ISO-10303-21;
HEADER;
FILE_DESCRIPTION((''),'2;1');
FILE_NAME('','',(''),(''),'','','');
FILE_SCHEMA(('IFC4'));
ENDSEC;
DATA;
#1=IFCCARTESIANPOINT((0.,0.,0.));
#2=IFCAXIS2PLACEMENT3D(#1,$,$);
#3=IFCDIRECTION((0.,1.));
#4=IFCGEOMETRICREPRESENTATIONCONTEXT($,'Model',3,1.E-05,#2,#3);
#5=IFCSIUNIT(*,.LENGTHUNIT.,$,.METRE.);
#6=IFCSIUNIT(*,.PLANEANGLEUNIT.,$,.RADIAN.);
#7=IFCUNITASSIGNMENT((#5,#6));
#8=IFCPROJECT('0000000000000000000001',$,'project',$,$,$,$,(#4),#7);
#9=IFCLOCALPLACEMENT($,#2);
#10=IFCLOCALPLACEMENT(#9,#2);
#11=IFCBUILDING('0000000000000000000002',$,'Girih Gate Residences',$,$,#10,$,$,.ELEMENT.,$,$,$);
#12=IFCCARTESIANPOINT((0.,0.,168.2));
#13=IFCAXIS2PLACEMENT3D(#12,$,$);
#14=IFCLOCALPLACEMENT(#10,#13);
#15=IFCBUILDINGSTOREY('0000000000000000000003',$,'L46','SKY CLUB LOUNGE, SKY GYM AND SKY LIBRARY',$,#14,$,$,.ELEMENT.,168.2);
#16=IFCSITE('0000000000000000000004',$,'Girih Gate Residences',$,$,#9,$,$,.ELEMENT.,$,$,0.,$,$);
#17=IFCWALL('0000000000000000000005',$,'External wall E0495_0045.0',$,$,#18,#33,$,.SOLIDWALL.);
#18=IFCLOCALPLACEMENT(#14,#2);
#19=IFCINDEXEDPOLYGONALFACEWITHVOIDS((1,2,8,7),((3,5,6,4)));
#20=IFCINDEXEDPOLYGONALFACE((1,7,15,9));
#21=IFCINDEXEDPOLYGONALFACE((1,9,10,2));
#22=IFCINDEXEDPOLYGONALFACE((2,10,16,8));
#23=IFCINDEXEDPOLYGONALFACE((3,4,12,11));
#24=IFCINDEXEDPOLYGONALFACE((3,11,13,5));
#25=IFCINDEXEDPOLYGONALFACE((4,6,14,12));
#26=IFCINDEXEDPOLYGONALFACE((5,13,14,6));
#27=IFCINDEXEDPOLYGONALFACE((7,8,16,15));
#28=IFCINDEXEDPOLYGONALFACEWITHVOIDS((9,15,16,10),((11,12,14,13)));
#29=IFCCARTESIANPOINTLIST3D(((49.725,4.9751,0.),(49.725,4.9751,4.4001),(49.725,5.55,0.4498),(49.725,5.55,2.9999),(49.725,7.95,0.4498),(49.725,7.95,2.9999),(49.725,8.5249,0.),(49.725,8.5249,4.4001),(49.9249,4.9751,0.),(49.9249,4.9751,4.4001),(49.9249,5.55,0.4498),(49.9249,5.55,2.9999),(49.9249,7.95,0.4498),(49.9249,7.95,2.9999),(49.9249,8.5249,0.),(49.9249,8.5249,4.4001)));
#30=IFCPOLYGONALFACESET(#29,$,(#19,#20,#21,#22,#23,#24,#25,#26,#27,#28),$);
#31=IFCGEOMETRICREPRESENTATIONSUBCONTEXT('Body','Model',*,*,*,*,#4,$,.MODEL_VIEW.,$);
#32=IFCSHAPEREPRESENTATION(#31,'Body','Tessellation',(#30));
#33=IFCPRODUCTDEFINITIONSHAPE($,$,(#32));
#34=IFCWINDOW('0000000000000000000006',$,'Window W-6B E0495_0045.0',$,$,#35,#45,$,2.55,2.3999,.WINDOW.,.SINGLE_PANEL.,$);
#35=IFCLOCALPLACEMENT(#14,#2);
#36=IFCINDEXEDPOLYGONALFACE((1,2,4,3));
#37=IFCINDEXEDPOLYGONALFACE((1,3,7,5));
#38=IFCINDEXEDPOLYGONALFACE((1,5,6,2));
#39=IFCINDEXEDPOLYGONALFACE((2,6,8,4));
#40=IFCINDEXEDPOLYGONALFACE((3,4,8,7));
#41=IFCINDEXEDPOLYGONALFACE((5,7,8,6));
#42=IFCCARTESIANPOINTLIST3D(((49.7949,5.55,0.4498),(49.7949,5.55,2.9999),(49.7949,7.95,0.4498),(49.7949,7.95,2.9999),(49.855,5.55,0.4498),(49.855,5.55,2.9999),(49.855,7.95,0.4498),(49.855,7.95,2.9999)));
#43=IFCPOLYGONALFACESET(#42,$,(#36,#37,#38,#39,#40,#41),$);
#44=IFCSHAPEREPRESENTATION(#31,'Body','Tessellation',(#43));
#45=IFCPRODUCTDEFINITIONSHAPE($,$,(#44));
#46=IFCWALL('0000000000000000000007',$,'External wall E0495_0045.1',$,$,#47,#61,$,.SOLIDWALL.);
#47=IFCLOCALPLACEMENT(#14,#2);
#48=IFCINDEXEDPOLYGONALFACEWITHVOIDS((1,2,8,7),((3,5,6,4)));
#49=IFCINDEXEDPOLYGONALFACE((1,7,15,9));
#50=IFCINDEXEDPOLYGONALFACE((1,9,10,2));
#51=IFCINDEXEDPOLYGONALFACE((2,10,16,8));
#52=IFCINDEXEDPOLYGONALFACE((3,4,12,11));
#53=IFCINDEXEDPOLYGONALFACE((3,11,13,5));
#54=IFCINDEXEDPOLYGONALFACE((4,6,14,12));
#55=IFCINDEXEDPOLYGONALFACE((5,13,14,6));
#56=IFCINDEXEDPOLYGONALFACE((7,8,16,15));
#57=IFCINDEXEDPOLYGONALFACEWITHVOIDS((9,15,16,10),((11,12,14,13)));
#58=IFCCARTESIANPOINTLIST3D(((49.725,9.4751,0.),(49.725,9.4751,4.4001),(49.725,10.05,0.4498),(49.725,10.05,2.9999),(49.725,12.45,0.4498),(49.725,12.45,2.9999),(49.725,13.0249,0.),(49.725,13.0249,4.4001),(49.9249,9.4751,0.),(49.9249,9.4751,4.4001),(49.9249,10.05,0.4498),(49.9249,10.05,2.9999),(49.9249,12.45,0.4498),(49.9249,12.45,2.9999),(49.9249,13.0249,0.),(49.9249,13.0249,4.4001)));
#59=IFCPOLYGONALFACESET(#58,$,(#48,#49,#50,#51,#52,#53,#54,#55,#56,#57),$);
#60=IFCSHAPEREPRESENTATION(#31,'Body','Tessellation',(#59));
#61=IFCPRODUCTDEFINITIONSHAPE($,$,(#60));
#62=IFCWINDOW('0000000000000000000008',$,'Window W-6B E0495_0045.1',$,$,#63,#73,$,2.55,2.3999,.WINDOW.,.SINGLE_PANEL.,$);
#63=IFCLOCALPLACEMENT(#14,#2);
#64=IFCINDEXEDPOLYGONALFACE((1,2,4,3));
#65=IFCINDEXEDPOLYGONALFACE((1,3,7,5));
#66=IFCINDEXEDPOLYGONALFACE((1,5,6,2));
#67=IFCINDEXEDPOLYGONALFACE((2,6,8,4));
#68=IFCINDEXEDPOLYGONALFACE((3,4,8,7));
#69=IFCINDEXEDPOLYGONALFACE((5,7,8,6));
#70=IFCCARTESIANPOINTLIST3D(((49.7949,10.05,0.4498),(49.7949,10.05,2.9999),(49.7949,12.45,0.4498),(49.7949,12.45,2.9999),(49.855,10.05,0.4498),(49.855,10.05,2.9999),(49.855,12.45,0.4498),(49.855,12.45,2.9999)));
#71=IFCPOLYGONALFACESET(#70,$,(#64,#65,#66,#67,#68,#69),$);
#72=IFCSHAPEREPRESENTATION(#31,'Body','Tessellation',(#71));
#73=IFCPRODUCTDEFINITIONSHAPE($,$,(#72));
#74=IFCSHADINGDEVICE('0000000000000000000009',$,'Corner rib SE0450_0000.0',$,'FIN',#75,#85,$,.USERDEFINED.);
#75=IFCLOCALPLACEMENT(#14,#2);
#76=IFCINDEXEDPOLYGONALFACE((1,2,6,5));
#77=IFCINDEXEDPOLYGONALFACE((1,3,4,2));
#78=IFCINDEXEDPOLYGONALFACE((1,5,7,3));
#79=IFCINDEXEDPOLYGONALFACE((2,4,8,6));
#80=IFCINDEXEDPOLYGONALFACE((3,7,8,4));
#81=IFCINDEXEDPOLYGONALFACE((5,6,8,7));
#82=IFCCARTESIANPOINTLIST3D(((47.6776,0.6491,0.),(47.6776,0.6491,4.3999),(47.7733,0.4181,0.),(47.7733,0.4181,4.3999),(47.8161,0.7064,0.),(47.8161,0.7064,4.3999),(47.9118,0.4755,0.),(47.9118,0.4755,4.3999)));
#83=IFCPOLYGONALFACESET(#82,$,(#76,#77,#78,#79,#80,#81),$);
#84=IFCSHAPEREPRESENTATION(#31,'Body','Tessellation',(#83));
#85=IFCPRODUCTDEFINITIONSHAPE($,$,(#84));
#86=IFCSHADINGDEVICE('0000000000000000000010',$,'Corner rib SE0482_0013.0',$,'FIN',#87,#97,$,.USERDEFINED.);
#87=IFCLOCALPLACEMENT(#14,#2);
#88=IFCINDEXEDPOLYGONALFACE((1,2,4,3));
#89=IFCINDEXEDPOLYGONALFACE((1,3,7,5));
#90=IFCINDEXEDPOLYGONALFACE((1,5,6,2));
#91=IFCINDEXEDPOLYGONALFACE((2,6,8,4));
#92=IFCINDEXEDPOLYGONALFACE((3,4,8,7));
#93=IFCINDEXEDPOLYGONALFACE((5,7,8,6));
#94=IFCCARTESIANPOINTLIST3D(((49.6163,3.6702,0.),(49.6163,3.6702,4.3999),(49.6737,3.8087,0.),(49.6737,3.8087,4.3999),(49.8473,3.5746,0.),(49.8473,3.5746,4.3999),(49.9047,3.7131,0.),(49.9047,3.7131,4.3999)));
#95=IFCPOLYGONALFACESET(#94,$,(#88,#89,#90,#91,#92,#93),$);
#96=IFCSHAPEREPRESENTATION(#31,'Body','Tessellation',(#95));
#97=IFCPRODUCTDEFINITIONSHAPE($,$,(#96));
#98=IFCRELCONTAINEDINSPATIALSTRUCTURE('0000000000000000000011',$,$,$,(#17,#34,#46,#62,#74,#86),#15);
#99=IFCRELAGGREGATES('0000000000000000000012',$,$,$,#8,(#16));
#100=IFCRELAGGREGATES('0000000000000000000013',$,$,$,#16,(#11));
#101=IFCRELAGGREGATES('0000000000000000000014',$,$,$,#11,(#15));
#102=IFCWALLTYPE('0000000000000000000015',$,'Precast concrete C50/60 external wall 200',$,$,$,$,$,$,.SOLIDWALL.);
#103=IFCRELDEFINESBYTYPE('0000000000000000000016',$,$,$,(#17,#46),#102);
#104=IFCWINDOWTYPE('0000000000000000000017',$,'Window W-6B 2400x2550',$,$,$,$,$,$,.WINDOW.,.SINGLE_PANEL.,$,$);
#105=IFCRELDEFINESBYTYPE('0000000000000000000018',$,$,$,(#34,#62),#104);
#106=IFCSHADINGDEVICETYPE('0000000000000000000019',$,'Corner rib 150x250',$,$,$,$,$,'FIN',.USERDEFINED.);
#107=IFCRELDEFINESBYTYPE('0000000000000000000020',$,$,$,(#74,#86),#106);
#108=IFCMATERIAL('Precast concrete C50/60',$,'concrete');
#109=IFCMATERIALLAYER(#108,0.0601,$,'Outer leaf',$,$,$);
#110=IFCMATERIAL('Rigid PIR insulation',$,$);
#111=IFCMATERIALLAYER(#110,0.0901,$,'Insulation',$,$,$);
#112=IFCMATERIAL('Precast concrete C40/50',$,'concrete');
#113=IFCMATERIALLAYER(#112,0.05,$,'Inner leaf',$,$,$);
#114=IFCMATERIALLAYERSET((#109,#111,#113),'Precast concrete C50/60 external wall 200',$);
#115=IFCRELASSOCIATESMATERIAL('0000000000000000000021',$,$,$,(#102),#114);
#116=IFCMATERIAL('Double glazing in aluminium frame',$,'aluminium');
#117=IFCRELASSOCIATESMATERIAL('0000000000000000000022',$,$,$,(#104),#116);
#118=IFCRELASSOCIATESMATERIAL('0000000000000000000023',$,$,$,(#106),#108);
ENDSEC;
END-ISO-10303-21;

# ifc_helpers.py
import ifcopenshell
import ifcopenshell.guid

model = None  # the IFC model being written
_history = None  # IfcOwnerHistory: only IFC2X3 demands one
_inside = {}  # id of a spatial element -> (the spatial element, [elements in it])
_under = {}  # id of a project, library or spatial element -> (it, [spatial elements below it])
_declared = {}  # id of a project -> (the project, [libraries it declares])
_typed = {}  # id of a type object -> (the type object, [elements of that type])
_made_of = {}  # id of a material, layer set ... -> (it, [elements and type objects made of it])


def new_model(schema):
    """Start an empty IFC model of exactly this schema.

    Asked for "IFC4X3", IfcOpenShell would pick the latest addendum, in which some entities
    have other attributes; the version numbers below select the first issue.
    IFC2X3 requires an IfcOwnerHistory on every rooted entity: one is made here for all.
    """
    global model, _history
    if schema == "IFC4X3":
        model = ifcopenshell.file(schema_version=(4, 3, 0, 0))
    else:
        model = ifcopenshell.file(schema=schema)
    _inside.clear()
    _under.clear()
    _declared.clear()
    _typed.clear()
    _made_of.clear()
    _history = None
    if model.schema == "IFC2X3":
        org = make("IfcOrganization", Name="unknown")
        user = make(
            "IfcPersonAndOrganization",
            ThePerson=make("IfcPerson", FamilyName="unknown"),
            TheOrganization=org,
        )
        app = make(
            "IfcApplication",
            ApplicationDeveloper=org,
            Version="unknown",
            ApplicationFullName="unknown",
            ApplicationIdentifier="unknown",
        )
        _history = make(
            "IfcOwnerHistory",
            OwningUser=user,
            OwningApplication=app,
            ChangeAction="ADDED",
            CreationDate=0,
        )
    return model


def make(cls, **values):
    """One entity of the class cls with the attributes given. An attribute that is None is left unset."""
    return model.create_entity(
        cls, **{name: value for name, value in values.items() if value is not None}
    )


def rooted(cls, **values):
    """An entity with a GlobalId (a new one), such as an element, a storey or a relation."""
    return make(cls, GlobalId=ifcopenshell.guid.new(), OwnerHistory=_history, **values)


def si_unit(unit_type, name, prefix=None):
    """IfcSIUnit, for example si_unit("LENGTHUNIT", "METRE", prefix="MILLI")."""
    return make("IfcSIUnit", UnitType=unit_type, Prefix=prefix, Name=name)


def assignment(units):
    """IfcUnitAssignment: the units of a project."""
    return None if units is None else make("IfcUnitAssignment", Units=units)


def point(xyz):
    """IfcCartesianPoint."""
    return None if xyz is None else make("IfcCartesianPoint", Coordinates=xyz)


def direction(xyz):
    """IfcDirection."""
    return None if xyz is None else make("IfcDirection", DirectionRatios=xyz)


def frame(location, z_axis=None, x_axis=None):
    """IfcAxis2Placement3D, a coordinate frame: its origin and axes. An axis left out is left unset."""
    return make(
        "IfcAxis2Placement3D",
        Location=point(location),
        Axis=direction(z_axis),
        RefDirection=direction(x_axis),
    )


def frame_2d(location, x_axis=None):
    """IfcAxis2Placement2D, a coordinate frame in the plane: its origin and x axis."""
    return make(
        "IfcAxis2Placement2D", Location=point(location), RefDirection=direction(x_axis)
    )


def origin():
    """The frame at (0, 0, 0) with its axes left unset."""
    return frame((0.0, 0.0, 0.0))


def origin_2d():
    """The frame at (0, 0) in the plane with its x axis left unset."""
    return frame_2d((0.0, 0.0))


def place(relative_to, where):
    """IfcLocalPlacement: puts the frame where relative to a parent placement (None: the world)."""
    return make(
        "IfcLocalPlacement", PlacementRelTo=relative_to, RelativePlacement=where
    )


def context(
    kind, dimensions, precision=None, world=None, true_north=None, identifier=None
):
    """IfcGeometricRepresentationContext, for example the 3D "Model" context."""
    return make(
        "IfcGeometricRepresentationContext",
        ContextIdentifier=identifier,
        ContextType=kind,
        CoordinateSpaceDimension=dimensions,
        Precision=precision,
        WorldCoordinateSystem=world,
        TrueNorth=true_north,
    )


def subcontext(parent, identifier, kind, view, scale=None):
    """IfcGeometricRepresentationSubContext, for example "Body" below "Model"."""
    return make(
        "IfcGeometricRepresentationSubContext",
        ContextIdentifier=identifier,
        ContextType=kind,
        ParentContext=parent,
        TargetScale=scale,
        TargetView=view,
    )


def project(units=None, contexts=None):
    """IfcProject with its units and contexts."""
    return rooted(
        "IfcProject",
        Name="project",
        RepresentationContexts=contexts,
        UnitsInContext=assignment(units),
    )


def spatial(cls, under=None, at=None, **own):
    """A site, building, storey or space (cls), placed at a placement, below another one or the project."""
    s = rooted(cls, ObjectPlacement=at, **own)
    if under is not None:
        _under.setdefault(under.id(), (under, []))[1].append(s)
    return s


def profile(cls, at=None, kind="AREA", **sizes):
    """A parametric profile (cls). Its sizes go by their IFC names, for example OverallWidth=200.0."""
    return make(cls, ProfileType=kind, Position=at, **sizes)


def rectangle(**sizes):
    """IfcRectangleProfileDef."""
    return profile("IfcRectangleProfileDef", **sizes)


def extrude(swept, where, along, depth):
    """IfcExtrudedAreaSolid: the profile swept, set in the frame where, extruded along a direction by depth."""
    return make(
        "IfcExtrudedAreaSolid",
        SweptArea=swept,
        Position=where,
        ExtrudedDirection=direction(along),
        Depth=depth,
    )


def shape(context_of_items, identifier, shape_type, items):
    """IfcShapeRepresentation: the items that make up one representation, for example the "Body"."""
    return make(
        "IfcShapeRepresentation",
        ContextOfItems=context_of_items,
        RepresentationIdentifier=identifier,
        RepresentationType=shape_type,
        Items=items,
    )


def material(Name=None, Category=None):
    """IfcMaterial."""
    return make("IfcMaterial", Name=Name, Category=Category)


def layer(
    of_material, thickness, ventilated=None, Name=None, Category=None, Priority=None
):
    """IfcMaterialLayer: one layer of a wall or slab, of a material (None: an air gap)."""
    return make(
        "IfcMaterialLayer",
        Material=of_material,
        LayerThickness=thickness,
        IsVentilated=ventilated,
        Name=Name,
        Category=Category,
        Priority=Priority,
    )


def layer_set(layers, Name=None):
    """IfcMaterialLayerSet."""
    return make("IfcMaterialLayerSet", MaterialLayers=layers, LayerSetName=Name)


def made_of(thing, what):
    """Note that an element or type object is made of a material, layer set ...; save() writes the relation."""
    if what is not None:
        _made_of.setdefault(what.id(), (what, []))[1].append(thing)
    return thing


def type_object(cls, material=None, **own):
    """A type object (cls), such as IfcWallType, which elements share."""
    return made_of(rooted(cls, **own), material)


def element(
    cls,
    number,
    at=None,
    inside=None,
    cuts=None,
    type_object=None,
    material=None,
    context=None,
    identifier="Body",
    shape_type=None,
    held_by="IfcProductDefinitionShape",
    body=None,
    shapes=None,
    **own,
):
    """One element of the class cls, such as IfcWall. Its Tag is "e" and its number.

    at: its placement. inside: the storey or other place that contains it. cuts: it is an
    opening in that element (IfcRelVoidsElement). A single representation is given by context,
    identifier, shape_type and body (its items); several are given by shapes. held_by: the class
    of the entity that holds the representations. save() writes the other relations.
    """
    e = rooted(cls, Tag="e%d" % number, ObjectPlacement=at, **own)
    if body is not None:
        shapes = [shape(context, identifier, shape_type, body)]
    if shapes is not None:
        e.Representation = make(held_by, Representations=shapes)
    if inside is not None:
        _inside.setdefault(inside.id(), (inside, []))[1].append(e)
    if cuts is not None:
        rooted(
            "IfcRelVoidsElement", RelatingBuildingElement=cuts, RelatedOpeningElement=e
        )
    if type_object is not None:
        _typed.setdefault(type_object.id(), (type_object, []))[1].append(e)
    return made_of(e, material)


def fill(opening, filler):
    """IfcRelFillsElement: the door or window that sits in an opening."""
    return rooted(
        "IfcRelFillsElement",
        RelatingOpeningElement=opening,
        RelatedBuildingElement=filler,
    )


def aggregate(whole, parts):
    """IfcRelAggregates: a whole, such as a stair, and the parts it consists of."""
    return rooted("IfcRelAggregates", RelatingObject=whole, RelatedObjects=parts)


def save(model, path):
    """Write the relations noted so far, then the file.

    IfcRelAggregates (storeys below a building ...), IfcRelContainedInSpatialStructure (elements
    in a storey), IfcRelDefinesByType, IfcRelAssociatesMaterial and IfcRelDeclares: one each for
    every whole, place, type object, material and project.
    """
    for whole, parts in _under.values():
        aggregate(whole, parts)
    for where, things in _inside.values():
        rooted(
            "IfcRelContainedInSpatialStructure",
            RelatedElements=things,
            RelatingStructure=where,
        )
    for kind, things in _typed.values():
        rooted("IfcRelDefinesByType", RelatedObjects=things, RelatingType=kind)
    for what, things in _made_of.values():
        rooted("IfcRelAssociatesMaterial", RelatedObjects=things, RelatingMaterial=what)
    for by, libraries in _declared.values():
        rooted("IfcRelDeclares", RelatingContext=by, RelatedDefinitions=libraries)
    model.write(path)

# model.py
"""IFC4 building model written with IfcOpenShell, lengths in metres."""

from ifc_helpers import new_model, si_unit, direction, frame, frame_2d, origin, origin_2d, place, context, subcontext, project, spatial, rectangle, extrude, material, layer, layer_set, type_object, element, fill, save


model = new_model("IFC4")

# Units and contexts
model_context = context("Model", 3, precision=1e-05, world=origin(), true_north=direction((0.0, 1.0)))
body_context = subcontext(model_context, "Body", "Model", "MODEL_VIEW")
ifc_project = project(units=[si_unit("LENGTHUNIT", "METRE"), si_unit("PLANEANGLEUNIT", "RADIAN")], contexts=[model_context])

# Site, building, storey
site_placement = place(None, origin())
site = spatial("IfcSite", under=ifc_project, at=site_placement, Name="Girih Gate Residences", CompositionType="ELEMENT", RefElevation=0.0)
building_placement = place(site_placement, origin())
building = spatial("IfcBuilding", under=site, at=building_placement, Name="Girih Gate Residences", CompositionType="ELEMENT")
storey_placement = place(building_placement, frame((0.0, 0.0, 168.2)))
storey = spatial("IfcBuildingStorey", under=building, at=storey_placement, Name="L46", Description="SKY CLUB LOUNGE, SKY GYM AND SKY LIBRARY", CompositionType="ELEMENT", Elevation=168.2)

# Walls, openings, windows
ifc_material_1 = material(Name="Precast concrete C50/60", Category="concrete")
ifc_layer_1 = layer(ifc_material_1, 0.0601, Name="Outer leaf")
ifc_material_2 = material(Name="Rigid PIR insulation")
ifc_layer_2 = layer(ifc_material_2, 0.0901, Name="Insulation")
ifc_material_3 = material(Name="Precast concrete C40/50", Category="concrete")
ifc_layer_3 = layer(ifc_material_3, 0.05, Name="Inner leaf")
ifc_layer_set_1 = layer_set([ifc_layer_1, ifc_layer_2, ifc_layer_3], Name="Precast concrete C50/60 external wall 200")
wall_type_1 = type_object("IfcWallType", Name="Precast concrete C50/60 external wall 200", PredefinedType="SOLIDWALL", material=ifc_layer_set_1)
ifc_material_4 = material(Name="Double glazing in aluminium frame", Category="aluminium")
window_type_1 = type_object("IfcWindowType", Name="Window W-6B 2400x2550", PartitioningType="SINGLE_PANEL", PredefinedType="WINDOW", material=ifc_material_4)
wall_1_placement = place(storey_placement, frame((49.825, 8.5249, 0.0), z_axis=(0.0, 0.0, 1.0), x_axis=(0.0, -1.0, 0.0)))
wall_1 = element("IfcWall", 1, at=wall_1_placement, inside=storey, type_object=wall_type_1, Name="External wall E0495_0045.0", PredefinedType="SOLIDWALL", context=body_context, shape_type="SweptSolid", body=[
    extrude(rectangle(XDim=3.5498, YDim=0.2, at=frame_2d((1.7749, 0.0))), origin(), (0.0, 0.0, 1.0), 4.4001),
])
opening_1_placement = place(wall_1_placement, frame((0.575, 0.0, 0.45)))
opening_1 = element("IfcOpeningElement", 2, at=opening_1_placement, cuts=wall_1, PredefinedType="OPENING", context=body_context, shape_type="SweptSolid", body=[
    extrude(rectangle(XDim=2.3999, YDim=2.55, at=frame_2d((1.2, 1.2749))), frame((0.0, 0.1099, 0.0), z_axis=(0.0, -1.0, 0.0), x_axis=(1.0, 0.0, 0.0)), (0.0, 0.0, 1.0), 0.22),
])
window_1_placement = place(opening_1_placement, origin())
window_1 = element("IfcWindow", 3, at=window_1_placement, inside=storey, type_object=window_type_1, Name="Window W-6B E0495_0045.0", OverallHeight=2.55, OverallWidth=2.3999, PartitioningType="SINGLE_PANEL", PredefinedType="WINDOW", context=body_context, shape_type="SweptSolid", body=[
    extrude(rectangle(XDim=2.3999, YDim=2.55, at=frame_2d((1.2, 1.2749))), frame((0.0, 0.03, 0.0), z_axis=(0.0, -1.0, 0.0), x_axis=(1.0, 0.0, 0.0)), (0.0, 0.0, 1.0), 0.0601),
])
fill(opening_1, window_1)
wall_2_placement = place(storey_placement, frame((49.825, 13.0249, 0.0), z_axis=(0.0, 0.0, 1.0), x_axis=(0.0, -1.0, 0.0)))
wall_2 = element("IfcWall", 4, at=wall_2_placement, inside=storey, type_object=wall_type_1, Name="External wall E0495_0045.1", PredefinedType="SOLIDWALL", context=body_context, shape_type="SweptSolid", body=[
    extrude(rectangle(XDim=3.5498, YDim=0.2, at=frame_2d((1.7749, 0.0))), origin(), (0.0, 0.0, 1.0), 4.4001),
])
opening_2_placement = place(wall_2_placement, frame((0.575, 0.0, 0.45)))
opening_2 = element("IfcOpeningElement", 5, at=opening_2_placement, cuts=wall_2, PredefinedType="OPENING", context=body_context, shape_type="SweptSolid", body=[
    extrude(rectangle(XDim=2.3999, YDim=2.55, at=frame_2d((1.2, 1.2749))), frame((0.0, 0.1099, 0.0), z_axis=(0.0, -1.0, 0.0), x_axis=(1.0, 0.0, 0.0)), (0.0, 0.0, 1.0), 0.22),
])
window_2_placement = place(opening_2_placement, origin())
window_2 = element("IfcWindow", 6, at=window_2_placement, inside=storey, type_object=window_type_1, Name="Window W-6B E0495_0045.1", OverallHeight=2.55, OverallWidth=2.3999, PartitioningType="SINGLE_PANEL", PredefinedType="WINDOW", context=body_context, shape_type="SweptSolid", body=[
    extrude(rectangle(XDim=2.3999, YDim=2.55, at=frame_2d((1.2, 1.2749))), frame((0.0, 0.03, 0.0), z_axis=(0.0, -1.0, 0.0), x_axis=(1.0, 0.0, 0.0)), (0.0, 0.0, 1.0), 0.0601),
])
fill(opening_2, window_2)

# Shading devices
shading_device_type = type_object("IfcShadingDeviceType", Name="Corner rib 150x250", ElementType="FIN", PredefinedType="USERDEFINED", material=ifc_material_1)
for number, where, z_axis, x_axis, name in (
    (7, (47.7947, 0.5623, 0.0), (0.0, 0.0, 1.0), (0.92388, 0.382683, 0.0), "Corner rib SE0450_0000.0"),
    (8, (49.7605, 3.6917, 0.0), (0.0, 0.0, 1.0), (0.382683, 0.92388, 0.0), "Corner rib SE0482_0013.0"),
):
    element("IfcShadingDevice", number, at=place(storey_placement, frame(where, z_axis=z_axis, x_axis=x_axis)), inside=storey, type_object=shading_device_type, Name=name, ObjectType="FIN", PredefinedType="USERDEFINED", context=body_context, shape_type="SweptSolid", body=[
        extrude(rectangle(XDim=0.1499, YDim=0.25, at=origin_2d()), origin(), (0.0, 0.0, 1.0), 4.3999),
    ])

save(model, "model.ifc")
